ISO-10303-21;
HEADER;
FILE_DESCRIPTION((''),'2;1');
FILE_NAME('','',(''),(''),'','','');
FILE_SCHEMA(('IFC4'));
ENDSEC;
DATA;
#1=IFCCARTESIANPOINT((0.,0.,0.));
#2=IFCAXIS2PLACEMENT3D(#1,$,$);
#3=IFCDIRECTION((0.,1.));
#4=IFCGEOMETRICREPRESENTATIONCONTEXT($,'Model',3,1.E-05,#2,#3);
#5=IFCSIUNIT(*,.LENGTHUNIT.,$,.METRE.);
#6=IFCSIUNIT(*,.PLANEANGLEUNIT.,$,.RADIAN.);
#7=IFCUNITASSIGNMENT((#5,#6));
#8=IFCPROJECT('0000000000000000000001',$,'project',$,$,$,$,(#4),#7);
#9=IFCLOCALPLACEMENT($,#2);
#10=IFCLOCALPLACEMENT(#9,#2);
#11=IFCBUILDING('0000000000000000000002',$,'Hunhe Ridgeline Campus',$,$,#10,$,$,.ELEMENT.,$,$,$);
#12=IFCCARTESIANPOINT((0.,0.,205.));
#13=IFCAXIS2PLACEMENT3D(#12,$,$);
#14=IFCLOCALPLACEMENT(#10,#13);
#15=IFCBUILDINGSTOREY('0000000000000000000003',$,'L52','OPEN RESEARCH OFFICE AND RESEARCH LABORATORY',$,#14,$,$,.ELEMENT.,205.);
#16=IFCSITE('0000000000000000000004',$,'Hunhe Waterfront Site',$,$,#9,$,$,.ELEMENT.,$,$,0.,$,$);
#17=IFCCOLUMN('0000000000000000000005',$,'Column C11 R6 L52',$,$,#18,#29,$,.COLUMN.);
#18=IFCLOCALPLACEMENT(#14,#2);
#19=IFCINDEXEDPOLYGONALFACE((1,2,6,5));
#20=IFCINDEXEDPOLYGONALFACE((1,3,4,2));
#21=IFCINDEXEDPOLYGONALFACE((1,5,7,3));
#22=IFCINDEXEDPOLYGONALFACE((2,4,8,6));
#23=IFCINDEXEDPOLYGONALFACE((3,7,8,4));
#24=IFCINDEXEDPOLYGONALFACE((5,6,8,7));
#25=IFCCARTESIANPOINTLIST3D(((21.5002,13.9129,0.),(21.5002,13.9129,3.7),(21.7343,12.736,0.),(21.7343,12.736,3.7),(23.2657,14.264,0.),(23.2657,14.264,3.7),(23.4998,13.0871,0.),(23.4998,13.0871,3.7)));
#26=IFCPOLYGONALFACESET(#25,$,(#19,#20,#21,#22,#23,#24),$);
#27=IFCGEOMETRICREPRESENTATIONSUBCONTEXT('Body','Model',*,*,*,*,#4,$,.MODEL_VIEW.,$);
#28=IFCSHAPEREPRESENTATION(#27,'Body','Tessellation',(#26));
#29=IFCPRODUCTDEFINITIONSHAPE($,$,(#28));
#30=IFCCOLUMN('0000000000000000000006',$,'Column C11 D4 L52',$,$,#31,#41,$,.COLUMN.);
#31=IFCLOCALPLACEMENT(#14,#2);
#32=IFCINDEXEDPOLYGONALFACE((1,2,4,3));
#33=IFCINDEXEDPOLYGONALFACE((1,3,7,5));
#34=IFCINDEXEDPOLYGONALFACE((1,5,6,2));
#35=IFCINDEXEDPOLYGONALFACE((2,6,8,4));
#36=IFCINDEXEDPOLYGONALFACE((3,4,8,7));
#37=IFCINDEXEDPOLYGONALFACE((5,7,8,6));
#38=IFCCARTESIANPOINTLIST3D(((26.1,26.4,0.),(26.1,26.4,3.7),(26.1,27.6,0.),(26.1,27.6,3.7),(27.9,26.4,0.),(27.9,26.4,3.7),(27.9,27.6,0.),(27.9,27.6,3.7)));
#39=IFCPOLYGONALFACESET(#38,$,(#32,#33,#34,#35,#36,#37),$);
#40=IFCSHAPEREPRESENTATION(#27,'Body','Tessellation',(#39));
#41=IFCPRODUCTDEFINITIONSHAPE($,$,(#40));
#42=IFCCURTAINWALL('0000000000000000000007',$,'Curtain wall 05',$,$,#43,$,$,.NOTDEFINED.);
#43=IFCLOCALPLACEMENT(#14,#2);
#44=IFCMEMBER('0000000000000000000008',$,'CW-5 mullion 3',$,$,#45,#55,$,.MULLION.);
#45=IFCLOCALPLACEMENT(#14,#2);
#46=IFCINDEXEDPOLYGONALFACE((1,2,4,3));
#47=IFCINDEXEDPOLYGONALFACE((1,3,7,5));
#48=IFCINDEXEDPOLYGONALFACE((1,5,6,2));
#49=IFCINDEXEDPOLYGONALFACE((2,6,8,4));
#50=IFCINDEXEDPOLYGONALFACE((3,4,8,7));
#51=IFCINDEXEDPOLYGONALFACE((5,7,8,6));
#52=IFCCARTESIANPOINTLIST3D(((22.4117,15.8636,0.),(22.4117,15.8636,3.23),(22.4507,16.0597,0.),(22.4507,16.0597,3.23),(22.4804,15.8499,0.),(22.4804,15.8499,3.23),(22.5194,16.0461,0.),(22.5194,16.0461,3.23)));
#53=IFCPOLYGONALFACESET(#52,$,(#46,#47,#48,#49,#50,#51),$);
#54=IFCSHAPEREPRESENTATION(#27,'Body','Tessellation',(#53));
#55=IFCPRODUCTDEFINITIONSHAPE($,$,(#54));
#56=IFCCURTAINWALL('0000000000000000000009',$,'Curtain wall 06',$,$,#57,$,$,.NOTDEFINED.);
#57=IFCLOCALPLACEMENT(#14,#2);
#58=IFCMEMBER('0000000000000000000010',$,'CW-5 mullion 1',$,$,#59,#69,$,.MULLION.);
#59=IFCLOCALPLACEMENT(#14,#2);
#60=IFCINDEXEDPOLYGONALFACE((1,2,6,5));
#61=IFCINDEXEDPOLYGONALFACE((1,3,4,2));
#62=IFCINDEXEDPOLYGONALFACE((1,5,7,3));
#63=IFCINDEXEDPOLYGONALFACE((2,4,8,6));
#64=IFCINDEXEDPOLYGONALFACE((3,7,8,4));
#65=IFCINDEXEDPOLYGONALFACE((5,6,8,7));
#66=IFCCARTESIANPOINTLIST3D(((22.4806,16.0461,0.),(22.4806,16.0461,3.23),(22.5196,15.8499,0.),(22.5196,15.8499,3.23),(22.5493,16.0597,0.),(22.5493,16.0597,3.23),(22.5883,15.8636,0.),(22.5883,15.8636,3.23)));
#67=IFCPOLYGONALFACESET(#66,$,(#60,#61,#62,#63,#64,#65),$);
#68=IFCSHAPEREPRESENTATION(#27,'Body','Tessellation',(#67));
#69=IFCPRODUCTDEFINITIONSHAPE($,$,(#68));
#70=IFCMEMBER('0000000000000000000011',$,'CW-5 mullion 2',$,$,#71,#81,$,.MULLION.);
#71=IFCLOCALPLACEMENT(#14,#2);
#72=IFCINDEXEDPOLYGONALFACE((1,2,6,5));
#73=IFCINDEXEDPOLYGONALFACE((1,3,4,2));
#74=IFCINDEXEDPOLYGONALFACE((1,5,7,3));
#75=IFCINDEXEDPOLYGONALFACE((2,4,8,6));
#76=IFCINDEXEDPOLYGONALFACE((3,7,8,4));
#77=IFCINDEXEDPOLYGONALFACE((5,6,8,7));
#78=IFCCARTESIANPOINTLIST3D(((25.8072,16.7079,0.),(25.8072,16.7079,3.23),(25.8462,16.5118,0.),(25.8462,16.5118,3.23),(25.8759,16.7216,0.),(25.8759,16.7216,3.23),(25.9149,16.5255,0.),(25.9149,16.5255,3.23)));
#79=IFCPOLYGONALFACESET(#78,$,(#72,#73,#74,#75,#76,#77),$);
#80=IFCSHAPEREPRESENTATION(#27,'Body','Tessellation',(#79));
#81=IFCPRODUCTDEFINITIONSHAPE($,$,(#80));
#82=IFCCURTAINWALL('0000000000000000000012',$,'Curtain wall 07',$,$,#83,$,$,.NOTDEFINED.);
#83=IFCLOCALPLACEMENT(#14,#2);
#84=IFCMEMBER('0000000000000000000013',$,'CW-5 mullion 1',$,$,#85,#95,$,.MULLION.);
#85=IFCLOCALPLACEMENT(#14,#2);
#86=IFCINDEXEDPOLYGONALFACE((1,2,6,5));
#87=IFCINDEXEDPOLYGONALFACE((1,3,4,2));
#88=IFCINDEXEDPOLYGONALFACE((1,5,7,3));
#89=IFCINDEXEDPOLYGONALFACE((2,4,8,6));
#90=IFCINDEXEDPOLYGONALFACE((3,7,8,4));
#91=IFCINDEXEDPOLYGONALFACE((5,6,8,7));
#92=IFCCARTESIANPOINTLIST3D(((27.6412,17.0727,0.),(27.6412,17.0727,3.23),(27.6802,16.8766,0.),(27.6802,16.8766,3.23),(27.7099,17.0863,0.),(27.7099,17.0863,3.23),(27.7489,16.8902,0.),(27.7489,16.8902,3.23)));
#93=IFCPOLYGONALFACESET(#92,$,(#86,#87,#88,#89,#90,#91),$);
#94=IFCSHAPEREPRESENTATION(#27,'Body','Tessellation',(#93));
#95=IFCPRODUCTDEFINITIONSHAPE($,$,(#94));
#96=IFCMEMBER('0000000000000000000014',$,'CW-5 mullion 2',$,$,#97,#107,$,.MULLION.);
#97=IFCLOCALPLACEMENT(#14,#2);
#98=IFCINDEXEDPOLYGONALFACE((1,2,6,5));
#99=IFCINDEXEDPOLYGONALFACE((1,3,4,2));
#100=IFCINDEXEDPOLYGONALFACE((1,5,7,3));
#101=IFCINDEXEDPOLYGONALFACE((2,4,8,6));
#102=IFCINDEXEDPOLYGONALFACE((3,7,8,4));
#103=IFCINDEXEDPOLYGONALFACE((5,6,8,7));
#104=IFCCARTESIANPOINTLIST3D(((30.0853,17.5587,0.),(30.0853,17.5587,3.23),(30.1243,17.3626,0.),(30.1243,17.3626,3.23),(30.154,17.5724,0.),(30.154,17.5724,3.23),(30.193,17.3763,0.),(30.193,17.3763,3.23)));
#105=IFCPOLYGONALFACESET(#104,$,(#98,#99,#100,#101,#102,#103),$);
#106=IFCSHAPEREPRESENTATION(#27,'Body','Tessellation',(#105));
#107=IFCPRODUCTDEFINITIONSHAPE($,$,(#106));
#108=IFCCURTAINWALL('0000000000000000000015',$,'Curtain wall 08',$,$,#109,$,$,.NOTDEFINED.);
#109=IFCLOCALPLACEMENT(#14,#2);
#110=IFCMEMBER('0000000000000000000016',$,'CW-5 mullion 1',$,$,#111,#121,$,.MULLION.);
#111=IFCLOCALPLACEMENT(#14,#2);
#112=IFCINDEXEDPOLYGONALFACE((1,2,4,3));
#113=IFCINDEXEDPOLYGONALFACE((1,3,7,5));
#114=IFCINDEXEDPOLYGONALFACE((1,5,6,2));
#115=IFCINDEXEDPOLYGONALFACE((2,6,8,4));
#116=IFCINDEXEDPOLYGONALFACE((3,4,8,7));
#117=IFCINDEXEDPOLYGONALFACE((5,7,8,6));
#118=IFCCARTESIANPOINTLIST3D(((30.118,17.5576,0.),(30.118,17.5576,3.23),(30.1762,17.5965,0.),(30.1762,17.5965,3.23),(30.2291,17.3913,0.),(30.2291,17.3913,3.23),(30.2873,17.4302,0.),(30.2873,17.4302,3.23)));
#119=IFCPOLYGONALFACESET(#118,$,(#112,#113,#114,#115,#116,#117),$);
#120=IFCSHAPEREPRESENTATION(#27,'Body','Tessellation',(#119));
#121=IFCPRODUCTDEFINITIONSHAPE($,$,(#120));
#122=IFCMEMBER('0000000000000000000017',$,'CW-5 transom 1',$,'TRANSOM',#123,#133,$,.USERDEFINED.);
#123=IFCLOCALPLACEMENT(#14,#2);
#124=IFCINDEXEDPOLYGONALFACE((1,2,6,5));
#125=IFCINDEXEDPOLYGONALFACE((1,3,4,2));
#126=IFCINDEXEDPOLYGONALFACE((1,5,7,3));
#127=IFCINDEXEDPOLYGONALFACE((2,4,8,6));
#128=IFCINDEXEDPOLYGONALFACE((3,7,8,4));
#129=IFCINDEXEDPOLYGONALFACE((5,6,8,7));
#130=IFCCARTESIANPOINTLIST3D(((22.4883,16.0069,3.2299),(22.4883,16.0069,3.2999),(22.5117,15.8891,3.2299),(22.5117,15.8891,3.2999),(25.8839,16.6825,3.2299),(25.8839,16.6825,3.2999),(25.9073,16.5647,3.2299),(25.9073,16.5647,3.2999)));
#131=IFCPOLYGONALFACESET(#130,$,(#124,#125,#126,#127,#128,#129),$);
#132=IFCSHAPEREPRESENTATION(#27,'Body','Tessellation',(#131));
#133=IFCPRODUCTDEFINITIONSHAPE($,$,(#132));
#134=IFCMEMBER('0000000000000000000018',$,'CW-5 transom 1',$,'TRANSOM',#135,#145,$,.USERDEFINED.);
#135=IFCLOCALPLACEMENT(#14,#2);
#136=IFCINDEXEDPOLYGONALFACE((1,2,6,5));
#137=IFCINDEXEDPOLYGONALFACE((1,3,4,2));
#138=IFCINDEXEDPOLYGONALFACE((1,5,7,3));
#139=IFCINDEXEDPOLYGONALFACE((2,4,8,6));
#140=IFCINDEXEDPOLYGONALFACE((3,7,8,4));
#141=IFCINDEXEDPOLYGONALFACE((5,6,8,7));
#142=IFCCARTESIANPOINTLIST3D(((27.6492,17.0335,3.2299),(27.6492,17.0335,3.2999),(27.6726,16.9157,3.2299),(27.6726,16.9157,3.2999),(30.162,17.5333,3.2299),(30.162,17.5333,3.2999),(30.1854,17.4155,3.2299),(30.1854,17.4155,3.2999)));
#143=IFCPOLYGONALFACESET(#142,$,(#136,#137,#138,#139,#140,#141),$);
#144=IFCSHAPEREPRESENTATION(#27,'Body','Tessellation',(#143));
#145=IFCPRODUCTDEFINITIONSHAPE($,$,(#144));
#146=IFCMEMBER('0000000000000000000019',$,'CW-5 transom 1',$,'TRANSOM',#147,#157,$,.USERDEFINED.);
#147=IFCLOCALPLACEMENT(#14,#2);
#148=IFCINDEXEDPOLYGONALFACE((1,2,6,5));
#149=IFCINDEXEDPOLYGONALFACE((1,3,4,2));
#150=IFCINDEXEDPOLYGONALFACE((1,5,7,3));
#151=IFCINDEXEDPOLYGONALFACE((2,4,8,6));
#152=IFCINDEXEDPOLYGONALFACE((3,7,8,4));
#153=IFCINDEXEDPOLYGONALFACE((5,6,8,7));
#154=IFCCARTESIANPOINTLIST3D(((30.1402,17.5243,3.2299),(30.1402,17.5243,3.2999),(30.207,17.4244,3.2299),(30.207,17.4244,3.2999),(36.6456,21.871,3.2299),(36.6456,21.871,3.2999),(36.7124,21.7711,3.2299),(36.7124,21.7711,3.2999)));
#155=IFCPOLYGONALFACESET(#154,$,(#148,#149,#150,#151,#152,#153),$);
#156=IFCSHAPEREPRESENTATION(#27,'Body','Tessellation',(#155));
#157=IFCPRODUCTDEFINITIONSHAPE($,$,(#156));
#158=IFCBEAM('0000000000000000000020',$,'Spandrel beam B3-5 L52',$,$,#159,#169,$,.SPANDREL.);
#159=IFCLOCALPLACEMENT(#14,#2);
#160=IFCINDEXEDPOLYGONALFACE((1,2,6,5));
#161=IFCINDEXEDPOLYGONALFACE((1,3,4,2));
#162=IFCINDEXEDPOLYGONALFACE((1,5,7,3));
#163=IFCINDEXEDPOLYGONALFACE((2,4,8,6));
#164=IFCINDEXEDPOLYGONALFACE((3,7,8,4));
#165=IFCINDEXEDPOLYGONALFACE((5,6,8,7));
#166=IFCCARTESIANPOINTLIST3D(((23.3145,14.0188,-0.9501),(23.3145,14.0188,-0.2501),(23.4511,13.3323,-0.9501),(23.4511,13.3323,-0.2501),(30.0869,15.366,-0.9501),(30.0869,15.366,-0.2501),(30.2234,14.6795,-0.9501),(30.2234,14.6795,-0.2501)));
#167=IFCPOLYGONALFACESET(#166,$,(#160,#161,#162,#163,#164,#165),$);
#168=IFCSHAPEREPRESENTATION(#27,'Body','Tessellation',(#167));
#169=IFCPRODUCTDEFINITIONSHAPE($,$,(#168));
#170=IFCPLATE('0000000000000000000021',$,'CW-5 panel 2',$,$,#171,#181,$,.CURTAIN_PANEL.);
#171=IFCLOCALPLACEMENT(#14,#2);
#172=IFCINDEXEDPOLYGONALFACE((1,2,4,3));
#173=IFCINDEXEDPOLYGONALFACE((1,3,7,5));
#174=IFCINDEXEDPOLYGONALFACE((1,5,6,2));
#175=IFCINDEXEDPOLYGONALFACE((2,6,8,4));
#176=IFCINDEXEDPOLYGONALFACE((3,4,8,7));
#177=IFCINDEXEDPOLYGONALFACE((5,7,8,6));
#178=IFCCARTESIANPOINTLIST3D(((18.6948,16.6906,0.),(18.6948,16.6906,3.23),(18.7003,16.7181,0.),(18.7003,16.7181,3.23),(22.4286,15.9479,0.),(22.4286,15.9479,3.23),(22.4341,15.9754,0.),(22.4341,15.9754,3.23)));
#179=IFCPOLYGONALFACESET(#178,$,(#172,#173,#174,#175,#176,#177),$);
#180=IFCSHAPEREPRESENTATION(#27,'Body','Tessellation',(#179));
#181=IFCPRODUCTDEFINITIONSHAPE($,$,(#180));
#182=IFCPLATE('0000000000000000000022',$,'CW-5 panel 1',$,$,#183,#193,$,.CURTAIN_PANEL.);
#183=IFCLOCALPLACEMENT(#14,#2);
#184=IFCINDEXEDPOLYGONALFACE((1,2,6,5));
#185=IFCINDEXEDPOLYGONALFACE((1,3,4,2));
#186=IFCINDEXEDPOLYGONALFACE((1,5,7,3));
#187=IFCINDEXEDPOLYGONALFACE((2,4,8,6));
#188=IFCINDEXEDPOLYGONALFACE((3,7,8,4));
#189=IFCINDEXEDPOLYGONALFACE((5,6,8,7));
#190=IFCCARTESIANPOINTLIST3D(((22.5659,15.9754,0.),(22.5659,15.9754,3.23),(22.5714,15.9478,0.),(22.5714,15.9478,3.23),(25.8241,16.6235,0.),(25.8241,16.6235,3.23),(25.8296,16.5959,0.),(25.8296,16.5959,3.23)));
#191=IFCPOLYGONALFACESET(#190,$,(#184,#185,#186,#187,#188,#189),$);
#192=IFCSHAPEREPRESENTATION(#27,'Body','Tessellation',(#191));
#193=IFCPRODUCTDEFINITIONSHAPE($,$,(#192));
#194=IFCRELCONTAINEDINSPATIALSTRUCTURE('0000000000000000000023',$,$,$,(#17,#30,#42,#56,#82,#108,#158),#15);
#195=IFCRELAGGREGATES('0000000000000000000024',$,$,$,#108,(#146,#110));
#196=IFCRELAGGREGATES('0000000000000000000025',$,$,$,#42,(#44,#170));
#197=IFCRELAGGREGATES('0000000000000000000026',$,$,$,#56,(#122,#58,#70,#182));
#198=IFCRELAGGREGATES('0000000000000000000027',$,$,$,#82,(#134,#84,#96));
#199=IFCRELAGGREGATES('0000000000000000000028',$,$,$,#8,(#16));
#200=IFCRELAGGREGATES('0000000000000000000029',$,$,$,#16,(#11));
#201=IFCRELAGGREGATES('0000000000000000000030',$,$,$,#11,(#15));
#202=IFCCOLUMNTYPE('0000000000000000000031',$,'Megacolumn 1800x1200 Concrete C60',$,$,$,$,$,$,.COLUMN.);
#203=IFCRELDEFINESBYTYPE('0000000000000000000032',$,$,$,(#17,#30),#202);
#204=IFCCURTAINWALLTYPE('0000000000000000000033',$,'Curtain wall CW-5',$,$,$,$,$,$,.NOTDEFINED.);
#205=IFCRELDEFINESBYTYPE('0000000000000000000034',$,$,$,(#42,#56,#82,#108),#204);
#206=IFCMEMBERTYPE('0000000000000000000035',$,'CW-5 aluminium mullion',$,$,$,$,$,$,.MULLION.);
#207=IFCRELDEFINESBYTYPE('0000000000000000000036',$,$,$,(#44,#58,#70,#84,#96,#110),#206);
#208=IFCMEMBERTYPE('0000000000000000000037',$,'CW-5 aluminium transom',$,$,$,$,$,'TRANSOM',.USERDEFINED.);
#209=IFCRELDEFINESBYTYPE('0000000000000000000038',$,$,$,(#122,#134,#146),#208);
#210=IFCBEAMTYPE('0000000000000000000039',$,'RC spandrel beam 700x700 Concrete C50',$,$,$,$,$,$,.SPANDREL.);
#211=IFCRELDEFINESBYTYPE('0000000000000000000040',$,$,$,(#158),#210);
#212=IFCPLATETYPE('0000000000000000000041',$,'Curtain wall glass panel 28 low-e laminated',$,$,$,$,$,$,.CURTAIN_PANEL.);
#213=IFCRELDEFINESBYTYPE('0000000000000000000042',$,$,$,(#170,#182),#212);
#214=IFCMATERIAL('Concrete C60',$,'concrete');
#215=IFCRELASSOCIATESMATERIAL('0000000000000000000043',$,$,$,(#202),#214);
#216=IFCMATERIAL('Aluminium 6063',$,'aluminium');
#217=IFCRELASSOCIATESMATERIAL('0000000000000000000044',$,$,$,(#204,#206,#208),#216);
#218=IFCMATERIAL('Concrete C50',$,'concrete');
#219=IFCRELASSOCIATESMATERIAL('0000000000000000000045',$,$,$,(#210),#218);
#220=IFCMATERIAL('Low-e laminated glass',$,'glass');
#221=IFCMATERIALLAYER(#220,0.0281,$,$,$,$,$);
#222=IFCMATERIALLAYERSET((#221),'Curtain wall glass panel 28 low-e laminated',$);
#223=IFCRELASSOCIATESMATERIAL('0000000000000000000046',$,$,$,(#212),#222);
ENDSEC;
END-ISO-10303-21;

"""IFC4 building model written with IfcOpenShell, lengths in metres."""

from ifc_helpers import new_model, si_unit, direction, frame, origin, origin_2d, place, context, subcontext, project, spatial, rectangle, extrude, material, layer, layer_set, material_profile, profile_set, type_object, element, aggregate, save


model = new_model("IFC4")

# Units and contexts
model_context = context("Model", 3, precision=1e-05, world=origin(), true_north=direction((0.0, 1.0)))
body_context = subcontext(model_context, "Body", "Model", "MODEL_VIEW")
ifc_project = project(units=[si_unit("LENGTHUNIT", "METRE"), si_unit("PLANEANGLEUNIT", "RADIAN")], contexts=[model_context])

# Site, building, storey
site_placement = place(None, origin())
site = spatial("IfcSite", under=ifc_project, at=site_placement, Name="Hunhe Waterfront Site", CompositionType="ELEMENT", RefElevation=0.0)
building_placement = place(site_placement, origin())
building = spatial("IfcBuilding", under=site, at=building_placement, Name="Hunhe Ridgeline Campus", CompositionType="ELEMENT")
storey_placement = place(building_placement, frame((0.0, 0.0, 205.0)))
storey = spatial("IfcBuildingStorey", under=building, at=storey_placement, Name="L52", Description="OPEN RESEARCH OFFICE AND RESEARCH LABORATORY", CompositionType="ELEMENT", Elevation=205.0)

# Columns
ifc_material_1 = material(Name="Concrete C60", Category="concrete")
ifc_material_profile_1 = material_profile(ifc_material_1, rectangle(XDim=1.8, YDim=1.2, at=origin_2d()))
ifc_profile_set_1 = profile_set([ifc_material_profile_1], Name="Concrete C60")
column_type = type_object("IfcColumnType", Name="Megacolumn 1800x1200 Concrete C60", PredefinedType="COLUMN", material=ifc_profile_set_1)
for number, where, z_axis, x_axis, name in (
    (1, (22.5, 13.5, 0.0), (0.0, 0.0, 1.0), (0.980785, 0.19509, 0.0), "Column C11 R6 L52"),
    (2, (27.0, 27.0, 0.0), (0.0, 0.0, 1.0), (1.0, 0.0, 0.0), "Column C11 D4 L52"),
):
    element("IfcColumn", number, at=place(storey_placement, frame(where, z_axis=z_axis, x_axis=x_axis)), inside=storey, type_object=column_type, Name=name, PredefinedType="COLUMN", context=body_context, shape_type="SweptSolid", body=[
        extrude(rectangle(XDim=1.8, YDim=1.2, at=origin_2d()), origin(), (0.0, 0.0, 1.0), 3.7),
    ])

# Curtain wall, member
ifc_material_2 = material(Name="Aluminium 6063", Category="aluminium")
curtain_wall_type = type_object("IfcCurtainWallType", Name="Curtain wall CW-5", PredefinedType="NOTDEFINED", material=ifc_material_2)
curtain_wall_1_placement = place(storey_placement, origin())
curtain_wall_1 = element("IfcCurtainWall", 3, at=curtain_wall_1_placement, inside=storey, type_object=curtain_wall_type, Name="Curtain wall 05", PredefinedType="NOTDEFINED")
ifc_material_profile_2 = material_profile(ifc_material_2, rectangle(XDim=0.2, YDim=0.0701, at=origin_2d()))
ifc_profile_set_2 = profile_set([ifc_material_profile_2], Name="Aluminium 6063")
member_type_1 = type_object("IfcMemberType", Name="CW-5 aluminium mullion", PredefinedType="MULLION", material=ifc_profile_set_2)
member_1_placement = place(storey_placement, frame((22.4656, 15.9548, 0.0), z_axis=(0.0, 0.0, 1.0), x_axis=(0.19509, 0.980785, 0.0)))
member_1 = element("IfcMember", 4, at=member_1_placement, type_object=member_type_1, Name="CW-5 mullion 3", PredefinedType="MULLION", context=body_context, shape_type="SweptSolid", body=[
    extrude(rectangle(XDim=0.2, YDim=0.0701, at=origin_2d()), origin(), (0.0, 0.0, 1.0), 3.23),
])

# Curtain walls, members
curtain_wall_2_placement = place(storey_placement, origin())
curtain_wall_2 = element("IfcCurtainWall", 5, at=curtain_wall_2_placement, inside=storey, type_object=curtain_wall_type, Name="Curtain wall 06", PredefinedType="NOTDEFINED")
member_2_placement = place(storey_placement, frame((22.5344, 15.9548, 0.0), z_axis=(0.0, 0.0, 1.0), x_axis=(-0.19509, 0.980785, 0.0)))
member_2 = element("IfcMember", 6, at=member_2_placement, type_object=member_type_1, Name="CW-5 mullion 1", PredefinedType="MULLION", context=body_context, shape_type="SweptSolid", body=[
    extrude(rectangle(XDim=0.2, YDim=0.0701, at=origin_2d()), origin(), (0.0, 0.0, 1.0), 3.23),
])
member_3_placement = place(storey_placement, frame((25.8611, 16.6167, 0.0), z_axis=(0.0, 0.0, 1.0), x_axis=(-0.19509, 0.980785, 0.0)))
member_3 = element("IfcMember", 7, at=member_3_placement, type_object=member_type_1, Name="CW-5 mullion 2", PredefinedType="MULLION", context=body_context, shape_type="SweptSolid", body=[
    extrude(rectangle(XDim=0.2, YDim=0.0701, at=origin_2d()), origin(), (0.0, 0.0, 1.0), 3.23),
])
curtain_wall_3_placement = place(storey_placement, origin())
curtain_wall_3 = element("IfcCurtainWall", 8, at=curtain_wall_3_placement, inside=storey, type_object=curtain_wall_type, Name="Curtain wall 07", PredefinedType="NOTDEFINED")
member_4_placement = place(storey_placement, frame((27.6951, 16.9814, 0.0), z_axis=(0.0, 0.0, 1.0), x_axis=(-0.195091, 0.980785, 0.0)))
member_4 = element("IfcMember", 9, at=member_4_placement, type_object=member_type_1, Name="CW-5 mullion 1", PredefinedType="MULLION", context=body_context, shape_type="SweptSolid", body=[
    extrude(rectangle(XDim=0.2, YDim=0.0701, at=origin_2d()), origin(), (0.0, 0.0, 1.0), 3.23),
])
member_5_placement = place(storey_placement, frame((30.1392, 17.4675, 0.0), z_axis=(0.0, 0.0, 1.0), x_axis=(-0.195091, 0.980785, 0.0)))
member_5 = element("IfcMember", 10, at=member_5_placement, type_object=member_type_1, Name="CW-5 mullion 2", PredefinedType="MULLION", context=body_context, shape_type="SweptSolid", body=[
    extrude(rectangle(XDim=0.2, YDim=0.0701, at=origin_2d()), origin(), (0.0, 0.0, 1.0), 3.23),
])

# Curtain wall, member
curtain_wall_4_placement = place(storey_placement, origin())
curtain_wall_4 = element("IfcCurtainWall", 11, at=curtain_wall_4_placement, inside=storey, type_object=curtain_wall_type, Name="Curtain wall 08", PredefinedType="NOTDEFINED")
member_6_placement = place(storey_placement, frame((30.2026, 17.4939, 0.0), z_axis=(0.0, 0.0, 1.0), x_axis=(-0.55557, 0.83147, 0.0)))
member_6 = element("IfcMember", 12, at=member_6_placement, type_object=member_type_1, Name="CW-5 mullion 1", PredefinedType="MULLION", context=body_context, shape_type="SweptSolid", body=[
    extrude(rectangle(XDim=0.2, YDim=0.0701, at=origin_2d()), origin(), (0.0, 0.0, 1.0), 3.23),
])

# Members
ifc_material_profile_3 = material_profile(ifc_material_2, rectangle(XDim=0.1201, YDim=0.0701, at=origin_2d()))
ifc_profile_set_3 = profile_set([ifc_material_profile_3], Name="Aluminium 6063")
member_type_2 = type_object("IfcMemberType", Name="CW-5 aluminium transom", ElementType="TRANSOM", PredefinedType="USERDEFINED", material=ifc_profile_set_3)
member_7_placement = place(storey_placement, frame((22.5, 15.948, 3.2649), z_axis=(0.980778, 0.195126, 0.0), x_axis=(-0.195126, 0.980778, 0.0)))
member_7 = element("IfcMember", 13, at=member_7_placement, type_object=member_type_2, Name="CW-5 transom 1", ObjectType="TRANSOM", PredefinedType="USERDEFINED", context=body_context, shape_type="SweptSolid", body=[
    extrude(rectangle(XDim=0.1201, YDim=0.0701, at=origin_2d()), origin(), (0.0, 0.0, 1.0), 3.4622),
])
member_8_placement = place(storey_placement, frame((27.6609, 16.9746, 3.2649), z_axis=(0.980789, 0.195071, 0.0), x_axis=(-0.195071, 0.980789, 0.0)))
member_8 = element("IfcMember", 14, at=member_8_placement, type_object=member_type_2, Name="CW-5 transom 1", ObjectType="TRANSOM", PredefinedType="USERDEFINED", context=body_context, shape_type="SweptSolid", body=[
    extrude(rectangle(XDim=0.1201, YDim=0.0701, at=origin_2d()), origin(), (0.0, 0.0, 1.0), 2.562),
])
member_9_placement = place(storey_placement, frame((30.1736, 17.4744, 3.2649), z_axis=(0.831474, 0.555564, 0.0), x_axis=(-0.555564, 0.831474, 0.0)))
member_9 = element("IfcMember", 15, at=member_9_placement, type_object=member_type_2, Name="CW-5 transom 1", ObjectType="TRANSOM", PredefinedType="USERDEFINED", context=body_context, shape_type="SweptSolid", body=[
    extrude(rectangle(XDim=0.1201, YDim=0.0701, at=origin_2d()), origin(), (0.0, 0.0, 1.0), 7.824),
])
aggregate(curtain_wall_4, [member_9, member_6])

# Beam
ifc_material_3 = material(Name="Concrete C50", Category="concrete")
ifc_material_profile_4 = material_profile(ifc_material_3, rectangle(XDim=0.7, YDim=0.7, at=origin_2d()))
ifc_profile_set_4 = profile_set([ifc_material_profile_4], Name="Concrete C50")
beam_type = type_object("IfcBeamType", Name="RC spandrel beam 700x700 Concrete C50", PredefinedType="SPANDREL", material=ifc_profile_set_4)
beam_placement = place(storey_placement, frame((23.3828, 13.6755, -0.6001), z_axis=(0.980783, 0.195103, 0.0), x_axis=(-0.195103, 0.980783, 0.0)))
element("IfcBeam", 16, at=beam_placement, inside=storey, type_object=beam_type, Name="Spandrel beam B3-5 L52", PredefinedType="SPANDREL", context=body_context, shape_type="SweptSolid", body=[
    extrude(rectangle(XDim=0.7, YDim=0.7, at=origin_2d()), origin(), (0.0, 0.0, 1.0), 6.905),
])

# Plates
ifc_material_4 = material(Name="Low-e laminated glass", Category="glass")
ifc_layer_1 = layer(ifc_material_4, 0.0281)
ifc_layer_set_1 = layer_set([ifc_layer_1], Name="Curtain wall glass panel 28 low-e laminated")
plate_type = type_object("IfcPlateType", Name="Curtain wall glass panel 28 low-e laminated", PredefinedType="CURTAIN_PANEL", material=ifc_layer_set_1)
plate_1_placement = place(storey_placement, frame((20.5645, 16.333, 0.0), z_axis=(0.0, 0.0, 1.0), x_axis=(0.980785, -0.19509, 0.0)))
plate_1 = element("IfcPlate", 17, at=plate_1_placement, type_object=plate_type, Name="CW-5 panel 2", PredefinedType="CURTAIN_PANEL", context=body_context, shape_type="SweptSolid", body=[
    extrude(rectangle(XDim=3.8069, YDim=0.0281, at=origin_2d()), origin(), (0.0, 0.0, 1.0), 3.23),
])
aggregate(curtain_wall_1, [member_1, plate_1])
plate_2_placement = place(storey_placement, frame((24.1978, 16.2856, 0.0), z_axis=(0.0, 0.0, 1.0), x_axis=(0.980785, 0.19509, 0.0)))
plate_2 = element("IfcPlate", 18, at=plate_2_placement, type_object=plate_type, Name="CW-5 panel 1", PredefinedType="CURTAIN_PANEL", context=body_context, shape_type="SweptSolid", body=[
    extrude(rectangle(XDim=3.322, YDim=0.0281, at=origin_2d()), origin(), (0.0, 0.0, 1.0), 3.23),
])
aggregate(curtain_wall_2, [member_7, member_2, member_3, plate_2])
aggregate(curtain_wall_3, [member_8, member_4, member_5])

save(model, "model.ifc")
